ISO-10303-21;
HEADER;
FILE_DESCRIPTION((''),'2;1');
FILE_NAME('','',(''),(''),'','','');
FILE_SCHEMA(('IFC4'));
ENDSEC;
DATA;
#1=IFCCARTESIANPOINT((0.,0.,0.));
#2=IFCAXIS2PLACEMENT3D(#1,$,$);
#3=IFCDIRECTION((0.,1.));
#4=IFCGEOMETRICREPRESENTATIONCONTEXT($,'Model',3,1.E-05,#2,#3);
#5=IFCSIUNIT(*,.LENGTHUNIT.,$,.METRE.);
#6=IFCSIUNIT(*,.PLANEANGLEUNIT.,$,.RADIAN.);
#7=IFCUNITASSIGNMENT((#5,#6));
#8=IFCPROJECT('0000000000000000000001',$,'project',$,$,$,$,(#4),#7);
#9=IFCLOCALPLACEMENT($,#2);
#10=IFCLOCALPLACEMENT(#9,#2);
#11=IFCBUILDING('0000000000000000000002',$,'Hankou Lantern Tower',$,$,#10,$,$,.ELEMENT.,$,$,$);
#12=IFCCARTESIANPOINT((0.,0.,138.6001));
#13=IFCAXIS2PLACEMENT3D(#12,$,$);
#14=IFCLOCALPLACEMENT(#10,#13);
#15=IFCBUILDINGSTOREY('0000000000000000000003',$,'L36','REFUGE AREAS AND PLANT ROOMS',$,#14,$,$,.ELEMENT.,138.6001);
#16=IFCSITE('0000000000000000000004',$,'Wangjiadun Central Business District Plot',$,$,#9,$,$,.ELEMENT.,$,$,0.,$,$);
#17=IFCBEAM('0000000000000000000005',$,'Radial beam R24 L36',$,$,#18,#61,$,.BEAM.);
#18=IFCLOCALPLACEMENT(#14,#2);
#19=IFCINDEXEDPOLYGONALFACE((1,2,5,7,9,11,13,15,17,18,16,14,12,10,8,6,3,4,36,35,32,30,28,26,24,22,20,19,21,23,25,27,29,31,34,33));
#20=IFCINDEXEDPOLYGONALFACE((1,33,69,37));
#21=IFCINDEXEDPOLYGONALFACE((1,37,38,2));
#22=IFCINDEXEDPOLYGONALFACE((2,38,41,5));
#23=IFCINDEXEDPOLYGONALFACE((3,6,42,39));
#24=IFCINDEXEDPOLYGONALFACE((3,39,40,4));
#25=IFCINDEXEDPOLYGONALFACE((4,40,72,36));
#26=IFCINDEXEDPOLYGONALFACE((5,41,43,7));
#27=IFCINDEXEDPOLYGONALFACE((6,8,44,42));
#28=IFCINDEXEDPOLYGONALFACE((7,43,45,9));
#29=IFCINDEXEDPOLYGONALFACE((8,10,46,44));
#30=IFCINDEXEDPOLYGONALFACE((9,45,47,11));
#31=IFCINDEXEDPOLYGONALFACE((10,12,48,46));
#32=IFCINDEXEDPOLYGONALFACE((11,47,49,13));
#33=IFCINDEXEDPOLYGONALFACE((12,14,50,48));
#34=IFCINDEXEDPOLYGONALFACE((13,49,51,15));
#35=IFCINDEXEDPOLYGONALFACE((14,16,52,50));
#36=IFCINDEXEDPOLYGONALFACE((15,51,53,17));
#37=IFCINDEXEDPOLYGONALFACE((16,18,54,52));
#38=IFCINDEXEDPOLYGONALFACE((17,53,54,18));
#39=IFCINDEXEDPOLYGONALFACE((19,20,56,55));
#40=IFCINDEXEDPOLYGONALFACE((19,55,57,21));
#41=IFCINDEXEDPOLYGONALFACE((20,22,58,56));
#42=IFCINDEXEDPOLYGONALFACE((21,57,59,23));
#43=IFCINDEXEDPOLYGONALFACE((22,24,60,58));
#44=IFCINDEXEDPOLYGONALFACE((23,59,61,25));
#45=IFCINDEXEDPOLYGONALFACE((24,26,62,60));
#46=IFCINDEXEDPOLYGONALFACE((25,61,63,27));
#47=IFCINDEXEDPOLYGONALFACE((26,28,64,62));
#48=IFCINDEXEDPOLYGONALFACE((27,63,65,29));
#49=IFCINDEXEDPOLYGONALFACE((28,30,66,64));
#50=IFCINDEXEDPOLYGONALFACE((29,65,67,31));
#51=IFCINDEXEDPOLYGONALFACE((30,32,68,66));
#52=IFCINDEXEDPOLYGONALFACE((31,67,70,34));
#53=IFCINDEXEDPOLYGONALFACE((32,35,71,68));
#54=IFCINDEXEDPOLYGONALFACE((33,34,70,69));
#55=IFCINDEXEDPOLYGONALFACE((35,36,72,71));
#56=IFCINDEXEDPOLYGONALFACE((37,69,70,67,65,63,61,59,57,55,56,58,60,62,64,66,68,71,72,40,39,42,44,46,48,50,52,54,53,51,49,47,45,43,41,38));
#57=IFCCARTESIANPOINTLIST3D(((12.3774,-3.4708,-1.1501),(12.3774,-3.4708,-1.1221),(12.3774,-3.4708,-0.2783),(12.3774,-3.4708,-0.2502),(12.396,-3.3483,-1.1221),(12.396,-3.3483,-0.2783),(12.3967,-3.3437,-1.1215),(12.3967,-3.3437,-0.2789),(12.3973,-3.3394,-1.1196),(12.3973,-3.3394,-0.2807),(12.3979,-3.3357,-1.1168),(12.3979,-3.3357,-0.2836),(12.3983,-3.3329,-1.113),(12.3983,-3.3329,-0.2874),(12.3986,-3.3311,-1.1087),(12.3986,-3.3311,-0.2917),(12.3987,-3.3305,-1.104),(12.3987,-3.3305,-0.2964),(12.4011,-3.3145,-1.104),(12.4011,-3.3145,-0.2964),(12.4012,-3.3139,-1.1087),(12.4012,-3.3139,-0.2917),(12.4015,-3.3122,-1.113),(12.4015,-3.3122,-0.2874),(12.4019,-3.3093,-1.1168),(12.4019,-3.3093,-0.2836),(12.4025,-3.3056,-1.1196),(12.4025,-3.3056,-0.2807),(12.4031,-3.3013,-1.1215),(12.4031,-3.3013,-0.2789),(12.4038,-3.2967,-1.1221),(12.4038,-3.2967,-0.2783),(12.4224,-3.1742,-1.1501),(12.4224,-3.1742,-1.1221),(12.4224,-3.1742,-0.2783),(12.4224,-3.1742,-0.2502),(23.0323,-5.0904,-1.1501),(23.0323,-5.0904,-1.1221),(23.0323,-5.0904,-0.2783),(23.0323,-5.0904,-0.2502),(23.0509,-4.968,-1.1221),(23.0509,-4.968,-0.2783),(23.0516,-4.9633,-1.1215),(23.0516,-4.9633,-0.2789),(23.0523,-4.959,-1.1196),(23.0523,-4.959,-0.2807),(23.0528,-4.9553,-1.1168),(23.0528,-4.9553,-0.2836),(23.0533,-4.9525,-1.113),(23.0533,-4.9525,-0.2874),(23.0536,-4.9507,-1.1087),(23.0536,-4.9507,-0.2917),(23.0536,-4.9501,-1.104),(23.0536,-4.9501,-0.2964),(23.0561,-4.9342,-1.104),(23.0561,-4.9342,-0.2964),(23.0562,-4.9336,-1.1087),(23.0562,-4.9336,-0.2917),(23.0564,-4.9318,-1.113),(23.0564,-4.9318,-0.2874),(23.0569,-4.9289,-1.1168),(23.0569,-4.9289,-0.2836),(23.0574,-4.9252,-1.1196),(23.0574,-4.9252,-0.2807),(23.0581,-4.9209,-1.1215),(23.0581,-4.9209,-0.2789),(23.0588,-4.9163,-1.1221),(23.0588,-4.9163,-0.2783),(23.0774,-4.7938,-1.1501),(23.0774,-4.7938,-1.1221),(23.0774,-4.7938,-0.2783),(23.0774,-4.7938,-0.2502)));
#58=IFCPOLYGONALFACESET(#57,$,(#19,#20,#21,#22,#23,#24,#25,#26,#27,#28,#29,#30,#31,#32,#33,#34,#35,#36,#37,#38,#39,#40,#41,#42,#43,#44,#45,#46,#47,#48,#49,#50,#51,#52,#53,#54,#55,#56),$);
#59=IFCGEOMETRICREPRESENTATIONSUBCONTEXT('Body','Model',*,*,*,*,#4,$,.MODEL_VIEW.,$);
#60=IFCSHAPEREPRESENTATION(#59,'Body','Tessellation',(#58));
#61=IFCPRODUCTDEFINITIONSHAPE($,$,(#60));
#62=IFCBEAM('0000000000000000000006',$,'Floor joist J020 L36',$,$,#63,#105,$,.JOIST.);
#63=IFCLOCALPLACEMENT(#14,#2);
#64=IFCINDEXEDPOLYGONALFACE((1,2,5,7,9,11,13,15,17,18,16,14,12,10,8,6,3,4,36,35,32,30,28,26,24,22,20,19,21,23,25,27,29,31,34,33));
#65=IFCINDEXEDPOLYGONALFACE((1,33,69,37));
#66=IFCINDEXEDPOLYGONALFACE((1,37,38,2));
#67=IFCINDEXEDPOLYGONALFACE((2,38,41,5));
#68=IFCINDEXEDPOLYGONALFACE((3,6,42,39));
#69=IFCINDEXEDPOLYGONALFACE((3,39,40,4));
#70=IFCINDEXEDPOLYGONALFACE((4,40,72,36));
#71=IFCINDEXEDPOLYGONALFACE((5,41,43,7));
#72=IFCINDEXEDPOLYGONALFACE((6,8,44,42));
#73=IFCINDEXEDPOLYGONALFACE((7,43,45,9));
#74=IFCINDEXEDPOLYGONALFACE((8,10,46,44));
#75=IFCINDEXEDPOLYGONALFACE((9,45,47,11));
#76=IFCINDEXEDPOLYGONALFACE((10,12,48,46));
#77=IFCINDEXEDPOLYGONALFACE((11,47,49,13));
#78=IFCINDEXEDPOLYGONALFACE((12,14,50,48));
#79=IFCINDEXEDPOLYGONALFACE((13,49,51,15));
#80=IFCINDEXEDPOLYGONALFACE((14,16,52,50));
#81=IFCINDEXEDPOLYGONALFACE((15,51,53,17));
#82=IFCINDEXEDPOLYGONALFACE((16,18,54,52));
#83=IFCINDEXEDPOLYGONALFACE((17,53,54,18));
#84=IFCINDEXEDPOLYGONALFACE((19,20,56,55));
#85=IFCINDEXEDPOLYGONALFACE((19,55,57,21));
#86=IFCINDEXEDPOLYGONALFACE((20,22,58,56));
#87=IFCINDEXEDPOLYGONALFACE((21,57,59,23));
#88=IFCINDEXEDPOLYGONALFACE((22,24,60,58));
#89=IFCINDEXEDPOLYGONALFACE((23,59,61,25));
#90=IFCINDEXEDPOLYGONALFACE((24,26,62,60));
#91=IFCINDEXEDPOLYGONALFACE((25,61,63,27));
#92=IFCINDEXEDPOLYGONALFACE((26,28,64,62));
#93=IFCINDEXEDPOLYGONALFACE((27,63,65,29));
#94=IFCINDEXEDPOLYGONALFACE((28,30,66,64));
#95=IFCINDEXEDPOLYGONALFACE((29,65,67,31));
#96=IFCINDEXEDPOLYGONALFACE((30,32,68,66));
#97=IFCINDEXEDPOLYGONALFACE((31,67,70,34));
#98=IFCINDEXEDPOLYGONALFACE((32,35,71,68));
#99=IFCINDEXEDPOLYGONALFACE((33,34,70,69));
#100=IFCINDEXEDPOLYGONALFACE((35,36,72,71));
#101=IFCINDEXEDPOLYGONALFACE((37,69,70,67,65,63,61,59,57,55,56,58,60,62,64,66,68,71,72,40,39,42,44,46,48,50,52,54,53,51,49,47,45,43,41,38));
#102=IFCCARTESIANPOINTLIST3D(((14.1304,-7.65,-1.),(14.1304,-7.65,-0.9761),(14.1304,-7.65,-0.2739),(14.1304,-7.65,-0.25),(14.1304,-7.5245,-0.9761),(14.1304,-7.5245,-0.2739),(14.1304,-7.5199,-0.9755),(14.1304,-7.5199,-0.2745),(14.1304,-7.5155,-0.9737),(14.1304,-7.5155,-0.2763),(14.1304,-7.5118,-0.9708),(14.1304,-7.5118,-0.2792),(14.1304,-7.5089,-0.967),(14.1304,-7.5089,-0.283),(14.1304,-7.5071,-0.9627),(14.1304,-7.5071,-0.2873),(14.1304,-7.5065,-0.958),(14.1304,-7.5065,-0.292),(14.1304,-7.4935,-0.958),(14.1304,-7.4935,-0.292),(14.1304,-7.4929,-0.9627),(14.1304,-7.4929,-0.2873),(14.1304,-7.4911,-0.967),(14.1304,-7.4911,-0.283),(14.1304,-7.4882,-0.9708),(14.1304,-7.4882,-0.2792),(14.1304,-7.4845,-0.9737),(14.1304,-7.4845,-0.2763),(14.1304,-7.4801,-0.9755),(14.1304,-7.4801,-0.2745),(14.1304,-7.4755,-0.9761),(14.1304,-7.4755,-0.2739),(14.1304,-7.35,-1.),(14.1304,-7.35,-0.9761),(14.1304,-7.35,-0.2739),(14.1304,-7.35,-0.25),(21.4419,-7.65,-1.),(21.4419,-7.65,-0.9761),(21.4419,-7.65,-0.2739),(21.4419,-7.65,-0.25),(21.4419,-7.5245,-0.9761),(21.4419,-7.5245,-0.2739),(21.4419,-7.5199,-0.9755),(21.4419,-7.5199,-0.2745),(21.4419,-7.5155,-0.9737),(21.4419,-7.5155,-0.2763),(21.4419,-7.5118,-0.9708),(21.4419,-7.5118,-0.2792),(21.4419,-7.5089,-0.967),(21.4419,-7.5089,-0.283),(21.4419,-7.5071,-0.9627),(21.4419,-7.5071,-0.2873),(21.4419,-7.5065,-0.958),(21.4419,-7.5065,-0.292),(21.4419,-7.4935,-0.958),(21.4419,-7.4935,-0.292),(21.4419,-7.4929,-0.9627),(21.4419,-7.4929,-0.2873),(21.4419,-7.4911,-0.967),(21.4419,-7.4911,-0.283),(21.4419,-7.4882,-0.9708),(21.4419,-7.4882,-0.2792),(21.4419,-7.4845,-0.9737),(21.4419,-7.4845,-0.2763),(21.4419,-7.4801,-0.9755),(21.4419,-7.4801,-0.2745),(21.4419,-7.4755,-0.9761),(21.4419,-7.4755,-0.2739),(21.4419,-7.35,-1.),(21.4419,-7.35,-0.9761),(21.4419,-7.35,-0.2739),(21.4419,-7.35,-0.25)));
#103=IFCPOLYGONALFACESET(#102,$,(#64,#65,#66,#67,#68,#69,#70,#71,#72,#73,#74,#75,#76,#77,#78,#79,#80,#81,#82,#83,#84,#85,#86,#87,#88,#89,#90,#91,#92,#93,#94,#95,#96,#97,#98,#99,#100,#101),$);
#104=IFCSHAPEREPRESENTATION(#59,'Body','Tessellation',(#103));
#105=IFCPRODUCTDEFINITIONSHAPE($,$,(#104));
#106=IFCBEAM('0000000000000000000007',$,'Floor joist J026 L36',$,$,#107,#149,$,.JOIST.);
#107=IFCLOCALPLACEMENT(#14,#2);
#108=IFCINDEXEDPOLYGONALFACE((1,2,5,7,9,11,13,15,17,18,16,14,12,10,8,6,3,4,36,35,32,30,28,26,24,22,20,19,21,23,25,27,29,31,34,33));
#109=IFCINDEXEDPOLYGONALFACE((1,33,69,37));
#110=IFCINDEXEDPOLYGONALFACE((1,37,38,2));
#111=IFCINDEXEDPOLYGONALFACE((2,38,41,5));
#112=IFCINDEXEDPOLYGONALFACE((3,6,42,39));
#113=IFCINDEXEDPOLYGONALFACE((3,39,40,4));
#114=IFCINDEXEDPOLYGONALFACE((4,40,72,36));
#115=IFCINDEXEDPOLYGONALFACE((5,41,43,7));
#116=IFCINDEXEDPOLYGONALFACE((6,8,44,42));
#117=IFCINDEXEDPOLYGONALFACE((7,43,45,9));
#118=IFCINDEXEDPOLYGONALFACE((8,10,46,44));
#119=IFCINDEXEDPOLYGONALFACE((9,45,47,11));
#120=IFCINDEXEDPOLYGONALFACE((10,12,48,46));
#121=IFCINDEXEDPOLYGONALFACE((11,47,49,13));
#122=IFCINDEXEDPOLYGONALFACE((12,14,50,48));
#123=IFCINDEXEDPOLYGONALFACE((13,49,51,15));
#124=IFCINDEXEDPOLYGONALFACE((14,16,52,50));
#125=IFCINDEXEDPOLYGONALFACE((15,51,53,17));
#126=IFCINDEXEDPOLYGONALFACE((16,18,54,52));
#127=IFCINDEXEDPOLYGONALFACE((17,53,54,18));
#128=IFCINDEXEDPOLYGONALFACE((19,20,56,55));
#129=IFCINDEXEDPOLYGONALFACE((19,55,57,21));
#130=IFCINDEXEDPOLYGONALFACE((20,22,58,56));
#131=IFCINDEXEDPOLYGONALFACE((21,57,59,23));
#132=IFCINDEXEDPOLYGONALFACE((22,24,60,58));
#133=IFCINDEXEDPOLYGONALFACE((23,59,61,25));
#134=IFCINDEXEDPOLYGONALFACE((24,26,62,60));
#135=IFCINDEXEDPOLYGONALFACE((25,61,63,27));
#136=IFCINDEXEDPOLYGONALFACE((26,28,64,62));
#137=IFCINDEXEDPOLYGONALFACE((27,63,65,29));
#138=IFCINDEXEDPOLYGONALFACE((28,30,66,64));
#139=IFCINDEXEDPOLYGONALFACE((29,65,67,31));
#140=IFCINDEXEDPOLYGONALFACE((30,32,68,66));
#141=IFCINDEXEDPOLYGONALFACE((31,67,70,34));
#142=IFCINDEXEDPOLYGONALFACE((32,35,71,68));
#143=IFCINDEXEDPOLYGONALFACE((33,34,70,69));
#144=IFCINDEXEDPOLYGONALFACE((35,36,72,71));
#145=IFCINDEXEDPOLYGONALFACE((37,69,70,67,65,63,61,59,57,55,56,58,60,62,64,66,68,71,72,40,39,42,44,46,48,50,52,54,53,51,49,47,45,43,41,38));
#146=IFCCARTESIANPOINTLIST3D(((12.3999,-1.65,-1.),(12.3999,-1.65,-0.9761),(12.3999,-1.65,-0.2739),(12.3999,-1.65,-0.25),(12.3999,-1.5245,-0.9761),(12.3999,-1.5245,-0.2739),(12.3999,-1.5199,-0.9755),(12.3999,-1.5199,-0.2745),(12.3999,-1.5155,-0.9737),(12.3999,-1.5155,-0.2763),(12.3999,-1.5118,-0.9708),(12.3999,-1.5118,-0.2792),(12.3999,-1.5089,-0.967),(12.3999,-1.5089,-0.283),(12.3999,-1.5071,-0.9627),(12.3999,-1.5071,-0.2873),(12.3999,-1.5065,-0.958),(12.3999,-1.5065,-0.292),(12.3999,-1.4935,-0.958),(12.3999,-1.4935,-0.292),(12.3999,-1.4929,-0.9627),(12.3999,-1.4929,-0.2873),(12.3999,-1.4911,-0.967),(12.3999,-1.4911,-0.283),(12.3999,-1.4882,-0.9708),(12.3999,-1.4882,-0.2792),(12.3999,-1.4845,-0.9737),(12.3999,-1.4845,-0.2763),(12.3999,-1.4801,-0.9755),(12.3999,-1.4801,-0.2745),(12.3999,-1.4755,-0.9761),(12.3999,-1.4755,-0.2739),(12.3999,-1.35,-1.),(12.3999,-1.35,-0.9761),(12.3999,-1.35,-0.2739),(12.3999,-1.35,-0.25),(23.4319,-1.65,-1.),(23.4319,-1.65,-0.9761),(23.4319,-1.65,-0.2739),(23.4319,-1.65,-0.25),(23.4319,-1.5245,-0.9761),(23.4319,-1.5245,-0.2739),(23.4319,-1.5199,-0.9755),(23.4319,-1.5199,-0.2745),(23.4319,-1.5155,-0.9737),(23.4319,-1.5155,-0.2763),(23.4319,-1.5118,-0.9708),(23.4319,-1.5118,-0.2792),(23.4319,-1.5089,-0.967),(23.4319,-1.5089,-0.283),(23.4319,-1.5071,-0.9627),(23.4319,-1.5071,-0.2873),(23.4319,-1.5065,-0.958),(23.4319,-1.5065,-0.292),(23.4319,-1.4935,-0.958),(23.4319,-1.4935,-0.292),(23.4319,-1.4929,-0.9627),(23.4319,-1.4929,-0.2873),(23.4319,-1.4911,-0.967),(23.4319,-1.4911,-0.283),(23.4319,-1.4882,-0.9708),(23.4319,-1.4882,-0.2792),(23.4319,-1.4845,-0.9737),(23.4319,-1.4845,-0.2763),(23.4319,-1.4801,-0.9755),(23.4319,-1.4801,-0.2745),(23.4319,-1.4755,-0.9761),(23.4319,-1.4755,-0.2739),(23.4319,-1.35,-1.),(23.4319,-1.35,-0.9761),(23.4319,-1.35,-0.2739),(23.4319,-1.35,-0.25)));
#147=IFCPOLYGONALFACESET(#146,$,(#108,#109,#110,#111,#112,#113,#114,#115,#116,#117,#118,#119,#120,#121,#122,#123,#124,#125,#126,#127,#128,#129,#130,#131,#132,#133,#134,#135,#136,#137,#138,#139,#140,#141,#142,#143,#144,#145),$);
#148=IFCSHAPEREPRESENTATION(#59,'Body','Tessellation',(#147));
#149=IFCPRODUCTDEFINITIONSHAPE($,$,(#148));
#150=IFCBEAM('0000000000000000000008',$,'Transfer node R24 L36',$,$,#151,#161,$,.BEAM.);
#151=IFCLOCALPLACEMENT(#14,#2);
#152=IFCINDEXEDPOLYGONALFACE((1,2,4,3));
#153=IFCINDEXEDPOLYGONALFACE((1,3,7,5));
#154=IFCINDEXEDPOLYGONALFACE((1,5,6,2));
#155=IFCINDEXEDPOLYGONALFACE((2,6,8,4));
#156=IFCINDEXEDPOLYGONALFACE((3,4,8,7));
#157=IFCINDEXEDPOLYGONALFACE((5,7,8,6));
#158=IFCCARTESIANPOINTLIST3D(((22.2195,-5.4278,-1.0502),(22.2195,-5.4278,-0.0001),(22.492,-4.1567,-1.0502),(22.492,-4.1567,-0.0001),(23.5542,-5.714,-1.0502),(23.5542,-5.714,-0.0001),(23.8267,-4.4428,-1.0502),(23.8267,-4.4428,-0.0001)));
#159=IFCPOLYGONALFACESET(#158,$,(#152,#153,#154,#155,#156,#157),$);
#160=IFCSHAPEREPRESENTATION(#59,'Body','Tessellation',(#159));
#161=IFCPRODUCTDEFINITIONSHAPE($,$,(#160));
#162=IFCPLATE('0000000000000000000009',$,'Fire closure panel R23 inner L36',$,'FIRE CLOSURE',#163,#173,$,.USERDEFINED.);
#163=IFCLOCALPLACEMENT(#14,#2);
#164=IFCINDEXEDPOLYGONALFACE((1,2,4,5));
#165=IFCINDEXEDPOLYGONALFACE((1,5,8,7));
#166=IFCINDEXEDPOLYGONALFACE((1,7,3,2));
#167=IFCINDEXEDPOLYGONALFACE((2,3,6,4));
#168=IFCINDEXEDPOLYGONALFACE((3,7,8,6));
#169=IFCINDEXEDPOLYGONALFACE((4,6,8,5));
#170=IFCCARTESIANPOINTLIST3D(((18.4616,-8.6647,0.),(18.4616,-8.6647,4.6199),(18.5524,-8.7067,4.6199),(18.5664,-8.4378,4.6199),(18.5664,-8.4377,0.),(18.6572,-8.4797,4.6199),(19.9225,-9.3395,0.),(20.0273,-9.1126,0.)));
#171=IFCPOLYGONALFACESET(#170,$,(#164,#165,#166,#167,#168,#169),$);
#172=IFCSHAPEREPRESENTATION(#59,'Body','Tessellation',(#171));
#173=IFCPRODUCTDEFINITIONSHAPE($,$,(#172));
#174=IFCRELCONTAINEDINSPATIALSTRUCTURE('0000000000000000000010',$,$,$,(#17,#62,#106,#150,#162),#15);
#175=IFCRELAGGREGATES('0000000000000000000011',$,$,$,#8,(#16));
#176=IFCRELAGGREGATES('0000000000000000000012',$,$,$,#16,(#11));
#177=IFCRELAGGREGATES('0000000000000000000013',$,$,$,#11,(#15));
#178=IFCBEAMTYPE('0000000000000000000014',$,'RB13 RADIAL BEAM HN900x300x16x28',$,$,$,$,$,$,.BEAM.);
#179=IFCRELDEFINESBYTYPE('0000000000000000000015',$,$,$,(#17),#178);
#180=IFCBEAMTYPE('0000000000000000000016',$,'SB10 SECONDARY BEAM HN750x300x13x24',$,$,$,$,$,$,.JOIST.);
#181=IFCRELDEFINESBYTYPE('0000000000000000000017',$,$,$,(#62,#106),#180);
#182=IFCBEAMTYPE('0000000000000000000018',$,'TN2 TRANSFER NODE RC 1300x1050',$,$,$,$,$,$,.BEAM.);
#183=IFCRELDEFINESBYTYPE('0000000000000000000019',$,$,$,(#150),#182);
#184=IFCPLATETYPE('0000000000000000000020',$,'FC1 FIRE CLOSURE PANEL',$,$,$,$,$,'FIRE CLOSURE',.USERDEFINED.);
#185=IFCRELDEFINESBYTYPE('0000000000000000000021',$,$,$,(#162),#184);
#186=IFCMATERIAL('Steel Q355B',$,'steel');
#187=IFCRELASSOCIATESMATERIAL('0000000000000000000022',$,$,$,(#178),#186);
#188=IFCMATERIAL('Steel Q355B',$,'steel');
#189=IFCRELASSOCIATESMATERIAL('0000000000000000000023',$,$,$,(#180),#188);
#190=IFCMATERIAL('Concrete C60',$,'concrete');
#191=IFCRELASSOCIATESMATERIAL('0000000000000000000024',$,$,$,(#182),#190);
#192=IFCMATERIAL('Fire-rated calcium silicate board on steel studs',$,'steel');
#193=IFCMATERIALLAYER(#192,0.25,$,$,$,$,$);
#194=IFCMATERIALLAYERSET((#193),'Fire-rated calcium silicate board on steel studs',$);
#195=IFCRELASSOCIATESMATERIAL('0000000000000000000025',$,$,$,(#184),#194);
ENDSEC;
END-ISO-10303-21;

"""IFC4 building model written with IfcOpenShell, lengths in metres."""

from ifc_helpers import new_model, si_unit, direction, frame, origin, origin_2d, place, context, subcontext, project, spatial, polyline, rectangle, i_section, outline, extrude, material, layer, layer_set, material_profile, profile_set, type_object, element, save


model = new_model("IFC4")

# Units and contexts
model_context = context("Model", 3, precision=1e-05, world=origin(), true_north=direction((0.0, 1.0)))
body_context = subcontext(model_context, "Body", "Model", "MODEL_VIEW")
ifc_project = project(units=[si_unit("LENGTHUNIT", "METRE"), si_unit("PLANEANGLEUNIT", "RADIAN")], contexts=[model_context])

# Site, building, storey
site_placement = place(None, origin())
site = spatial("IfcSite", under=ifc_project, at=site_placement, Name="Wangjiadun Central Business District Plot", CompositionType="ELEMENT", RefElevation=0.0)
building_placement = place(site_placement, origin())
building = spatial("IfcBuilding", under=site, at=building_placement, Name="Hankou Lantern Tower", CompositionType="ELEMENT")
storey_placement = place(building_placement, frame((0.0, 0.0, 138.6001)))
storey = spatial("IfcBuildingStorey", under=building, at=storey_placement, Name="L36", Description="REFUGE AREAS AND PLANT ROOMS", CompositionType="ELEMENT", Elevation=138.6001)

# Beams
ifc_material_1 = material(Name="Steel Q355B", Category="steel")
ifc_material_profile_1 = material_profile(ifc_material_1, i_section(OverallWidth=0.3, OverallDepth=0.8999, WebThickness=0.0161, FlangeThickness=0.0281, FilletRadius=0.0181, at=origin_2d()), Name="HN900x300x16x28")
ifc_profile_set_1 = profile_set([ifc_material_profile_1], Name="Steel Q355B")
beam_type_1 = type_object("IfcBeamType", Name="RB13 RADIAL BEAM HN900x300x16x28", PredefinedType="BEAM", material=ifc_profile_set_1)
beam_1_placement = place(storey_placement, frame((12.3999, -3.3225, -0.7002), z_axis=(0.988644, -0.15028, 0.0), x_axis=(0.15028, 0.988644, 0.0)))
element("IfcBeam", 1, at=beam_1_placement, inside=storey, type_object=beam_type_1, Name="Radial beam R24 L36", PredefinedType="BEAM", context=body_context, shape_type="SweptSolid", body=[
    extrude(i_section(OverallWidth=0.3, OverallDepth=0.8999, WebThickness=0.0161, FlangeThickness=0.0281, FilletRadius=0.0181, at=origin_2d()), origin(), (0.0, 0.0, 1.0), 10.7773),
])
ifc_material_2 = material(Name="Steel Q355B", Category="steel")
ifc_material_profile_2 = material_profile(ifc_material_2, i_section(OverallWidth=0.3, OverallDepth=0.75, WebThickness=0.0129, FlangeThickness=0.0239, FilletRadius=0.0181, at=origin_2d()), Name="HN750x300x13x24")
ifc_profile_set_2 = profile_set([ifc_material_profile_2], Name="Steel Q355B")
beam_type_2 = type_object("IfcBeamType", Name="SB10 SECONDARY BEAM HN750x300x13x24", PredefinedType="JOIST", material=ifc_profile_set_2)
beam_2_placement = place(storey_placement, frame((14.1304, -7.5, -0.625), z_axis=(1.0, 0.0, 0.0), x_axis=(0.0, 1.0, 0.0)))
element("IfcBeam", 2, at=beam_2_placement, inside=storey, type_object=beam_type_2, Name="Floor joist J020 L36", PredefinedType="JOIST", context=body_context, shape_type="SweptSolid", body=[
    extrude(i_section(OverallWidth=0.3, OverallDepth=0.75, WebThickness=0.0129, FlangeThickness=0.0239, FilletRadius=0.0181, at=origin_2d()), origin(), (0.0, 0.0, 1.0), 7.3115),
])
beam_3_placement = place(storey_placement, frame((12.3999, -1.5, -0.625), z_axis=(1.0, 0.0, 0.0), x_axis=(0.0, 1.0, 0.0)))
element("IfcBeam", 3, at=beam_3_placement, inside=storey, type_object=beam_type_2, Name="Floor joist J026 L36", PredefinedType="JOIST", context=body_context, shape_type="SweptSolid", body=[
    extrude(i_section(OverallWidth=0.3, OverallDepth=0.75, WebThickness=0.0129, FlangeThickness=0.0239, FilletRadius=0.0181, at=origin_2d()), origin(), (0.0, 0.0, 1.0), 11.032),
])
ifc_material_3 = material(Name="Concrete C60", Category="concrete")
ifc_material_profile_3 = material_profile(ifc_material_3, rectangle(XDim=1.3, YDim=1.05, at=origin_2d()), Name="RC 1300x1050")
ifc_profile_set_3 = profile_set([ifc_material_profile_3], Name="Concrete C60")
beam_type_3 = type_object("IfcBeamType", Name="TN2 TRANSFER NODE RC 1300x1050", PredefinedType="BEAM", material=ifc_profile_set_3)
beam_4_placement = place(storey_placement, frame((23.6904, -5.0784, -0.5251), z_axis=(-0.977784, 0.209615, 0.0), x_axis=(-0.209615, -0.977784, 0.0)))
element("IfcBeam", 4, at=beam_4_placement, inside=storey, type_object=beam_type_3, Name="Transfer node R24 L36", PredefinedType="BEAM", context=body_context, shape_type="SweptSolid", body=[
    extrude(rectangle(XDim=1.3, YDim=1.05, at=origin_2d()), origin(), (0.0, 0.0, 1.0), 1.365),
])

# Plate
ifc_material_4 = material(Name="Fire-rated calcium silicate board on steel studs", Category="steel")
ifc_layer_1 = layer(ifc_material_4, 0.25)
ifc_layer_set_1 = layer_set([ifc_layer_1], Name="Fire-rated calcium silicate board on steel studs")
plate_type = type_object("IfcPlateType", Name="FC1 FIRE CLOSURE PANEL", ElementType="FIRE CLOSURE", PredefinedType="USERDEFINED", material=ifc_layer_set_1)
plate_placement = place(storey_placement, frame((18.5664, -8.4377, 0.0), z_axis=(0.419348, 0.907826, 0.000008), x_axis=(0.907826, -0.419348, 0.0)))
element("IfcPlate", 5, at=plate_placement, inside=storey, type_object=plate_type, Name="Fire closure panel R23 inner L36", ObjectType="FIRE CLOSURE", PredefinedType="USERDEFINED", context=body_context, shape_type="SweptSolid", body=[
    extrude(outline(polyline([(0.0, 0.0), (1.6093, 0.0), (0.1001, -4.6199), (0.0, -4.6199), (0.0, 0.0)])), origin(), (0.0, 0.0, -1.0), 0.25),
])

save(model, "model.ifc")
